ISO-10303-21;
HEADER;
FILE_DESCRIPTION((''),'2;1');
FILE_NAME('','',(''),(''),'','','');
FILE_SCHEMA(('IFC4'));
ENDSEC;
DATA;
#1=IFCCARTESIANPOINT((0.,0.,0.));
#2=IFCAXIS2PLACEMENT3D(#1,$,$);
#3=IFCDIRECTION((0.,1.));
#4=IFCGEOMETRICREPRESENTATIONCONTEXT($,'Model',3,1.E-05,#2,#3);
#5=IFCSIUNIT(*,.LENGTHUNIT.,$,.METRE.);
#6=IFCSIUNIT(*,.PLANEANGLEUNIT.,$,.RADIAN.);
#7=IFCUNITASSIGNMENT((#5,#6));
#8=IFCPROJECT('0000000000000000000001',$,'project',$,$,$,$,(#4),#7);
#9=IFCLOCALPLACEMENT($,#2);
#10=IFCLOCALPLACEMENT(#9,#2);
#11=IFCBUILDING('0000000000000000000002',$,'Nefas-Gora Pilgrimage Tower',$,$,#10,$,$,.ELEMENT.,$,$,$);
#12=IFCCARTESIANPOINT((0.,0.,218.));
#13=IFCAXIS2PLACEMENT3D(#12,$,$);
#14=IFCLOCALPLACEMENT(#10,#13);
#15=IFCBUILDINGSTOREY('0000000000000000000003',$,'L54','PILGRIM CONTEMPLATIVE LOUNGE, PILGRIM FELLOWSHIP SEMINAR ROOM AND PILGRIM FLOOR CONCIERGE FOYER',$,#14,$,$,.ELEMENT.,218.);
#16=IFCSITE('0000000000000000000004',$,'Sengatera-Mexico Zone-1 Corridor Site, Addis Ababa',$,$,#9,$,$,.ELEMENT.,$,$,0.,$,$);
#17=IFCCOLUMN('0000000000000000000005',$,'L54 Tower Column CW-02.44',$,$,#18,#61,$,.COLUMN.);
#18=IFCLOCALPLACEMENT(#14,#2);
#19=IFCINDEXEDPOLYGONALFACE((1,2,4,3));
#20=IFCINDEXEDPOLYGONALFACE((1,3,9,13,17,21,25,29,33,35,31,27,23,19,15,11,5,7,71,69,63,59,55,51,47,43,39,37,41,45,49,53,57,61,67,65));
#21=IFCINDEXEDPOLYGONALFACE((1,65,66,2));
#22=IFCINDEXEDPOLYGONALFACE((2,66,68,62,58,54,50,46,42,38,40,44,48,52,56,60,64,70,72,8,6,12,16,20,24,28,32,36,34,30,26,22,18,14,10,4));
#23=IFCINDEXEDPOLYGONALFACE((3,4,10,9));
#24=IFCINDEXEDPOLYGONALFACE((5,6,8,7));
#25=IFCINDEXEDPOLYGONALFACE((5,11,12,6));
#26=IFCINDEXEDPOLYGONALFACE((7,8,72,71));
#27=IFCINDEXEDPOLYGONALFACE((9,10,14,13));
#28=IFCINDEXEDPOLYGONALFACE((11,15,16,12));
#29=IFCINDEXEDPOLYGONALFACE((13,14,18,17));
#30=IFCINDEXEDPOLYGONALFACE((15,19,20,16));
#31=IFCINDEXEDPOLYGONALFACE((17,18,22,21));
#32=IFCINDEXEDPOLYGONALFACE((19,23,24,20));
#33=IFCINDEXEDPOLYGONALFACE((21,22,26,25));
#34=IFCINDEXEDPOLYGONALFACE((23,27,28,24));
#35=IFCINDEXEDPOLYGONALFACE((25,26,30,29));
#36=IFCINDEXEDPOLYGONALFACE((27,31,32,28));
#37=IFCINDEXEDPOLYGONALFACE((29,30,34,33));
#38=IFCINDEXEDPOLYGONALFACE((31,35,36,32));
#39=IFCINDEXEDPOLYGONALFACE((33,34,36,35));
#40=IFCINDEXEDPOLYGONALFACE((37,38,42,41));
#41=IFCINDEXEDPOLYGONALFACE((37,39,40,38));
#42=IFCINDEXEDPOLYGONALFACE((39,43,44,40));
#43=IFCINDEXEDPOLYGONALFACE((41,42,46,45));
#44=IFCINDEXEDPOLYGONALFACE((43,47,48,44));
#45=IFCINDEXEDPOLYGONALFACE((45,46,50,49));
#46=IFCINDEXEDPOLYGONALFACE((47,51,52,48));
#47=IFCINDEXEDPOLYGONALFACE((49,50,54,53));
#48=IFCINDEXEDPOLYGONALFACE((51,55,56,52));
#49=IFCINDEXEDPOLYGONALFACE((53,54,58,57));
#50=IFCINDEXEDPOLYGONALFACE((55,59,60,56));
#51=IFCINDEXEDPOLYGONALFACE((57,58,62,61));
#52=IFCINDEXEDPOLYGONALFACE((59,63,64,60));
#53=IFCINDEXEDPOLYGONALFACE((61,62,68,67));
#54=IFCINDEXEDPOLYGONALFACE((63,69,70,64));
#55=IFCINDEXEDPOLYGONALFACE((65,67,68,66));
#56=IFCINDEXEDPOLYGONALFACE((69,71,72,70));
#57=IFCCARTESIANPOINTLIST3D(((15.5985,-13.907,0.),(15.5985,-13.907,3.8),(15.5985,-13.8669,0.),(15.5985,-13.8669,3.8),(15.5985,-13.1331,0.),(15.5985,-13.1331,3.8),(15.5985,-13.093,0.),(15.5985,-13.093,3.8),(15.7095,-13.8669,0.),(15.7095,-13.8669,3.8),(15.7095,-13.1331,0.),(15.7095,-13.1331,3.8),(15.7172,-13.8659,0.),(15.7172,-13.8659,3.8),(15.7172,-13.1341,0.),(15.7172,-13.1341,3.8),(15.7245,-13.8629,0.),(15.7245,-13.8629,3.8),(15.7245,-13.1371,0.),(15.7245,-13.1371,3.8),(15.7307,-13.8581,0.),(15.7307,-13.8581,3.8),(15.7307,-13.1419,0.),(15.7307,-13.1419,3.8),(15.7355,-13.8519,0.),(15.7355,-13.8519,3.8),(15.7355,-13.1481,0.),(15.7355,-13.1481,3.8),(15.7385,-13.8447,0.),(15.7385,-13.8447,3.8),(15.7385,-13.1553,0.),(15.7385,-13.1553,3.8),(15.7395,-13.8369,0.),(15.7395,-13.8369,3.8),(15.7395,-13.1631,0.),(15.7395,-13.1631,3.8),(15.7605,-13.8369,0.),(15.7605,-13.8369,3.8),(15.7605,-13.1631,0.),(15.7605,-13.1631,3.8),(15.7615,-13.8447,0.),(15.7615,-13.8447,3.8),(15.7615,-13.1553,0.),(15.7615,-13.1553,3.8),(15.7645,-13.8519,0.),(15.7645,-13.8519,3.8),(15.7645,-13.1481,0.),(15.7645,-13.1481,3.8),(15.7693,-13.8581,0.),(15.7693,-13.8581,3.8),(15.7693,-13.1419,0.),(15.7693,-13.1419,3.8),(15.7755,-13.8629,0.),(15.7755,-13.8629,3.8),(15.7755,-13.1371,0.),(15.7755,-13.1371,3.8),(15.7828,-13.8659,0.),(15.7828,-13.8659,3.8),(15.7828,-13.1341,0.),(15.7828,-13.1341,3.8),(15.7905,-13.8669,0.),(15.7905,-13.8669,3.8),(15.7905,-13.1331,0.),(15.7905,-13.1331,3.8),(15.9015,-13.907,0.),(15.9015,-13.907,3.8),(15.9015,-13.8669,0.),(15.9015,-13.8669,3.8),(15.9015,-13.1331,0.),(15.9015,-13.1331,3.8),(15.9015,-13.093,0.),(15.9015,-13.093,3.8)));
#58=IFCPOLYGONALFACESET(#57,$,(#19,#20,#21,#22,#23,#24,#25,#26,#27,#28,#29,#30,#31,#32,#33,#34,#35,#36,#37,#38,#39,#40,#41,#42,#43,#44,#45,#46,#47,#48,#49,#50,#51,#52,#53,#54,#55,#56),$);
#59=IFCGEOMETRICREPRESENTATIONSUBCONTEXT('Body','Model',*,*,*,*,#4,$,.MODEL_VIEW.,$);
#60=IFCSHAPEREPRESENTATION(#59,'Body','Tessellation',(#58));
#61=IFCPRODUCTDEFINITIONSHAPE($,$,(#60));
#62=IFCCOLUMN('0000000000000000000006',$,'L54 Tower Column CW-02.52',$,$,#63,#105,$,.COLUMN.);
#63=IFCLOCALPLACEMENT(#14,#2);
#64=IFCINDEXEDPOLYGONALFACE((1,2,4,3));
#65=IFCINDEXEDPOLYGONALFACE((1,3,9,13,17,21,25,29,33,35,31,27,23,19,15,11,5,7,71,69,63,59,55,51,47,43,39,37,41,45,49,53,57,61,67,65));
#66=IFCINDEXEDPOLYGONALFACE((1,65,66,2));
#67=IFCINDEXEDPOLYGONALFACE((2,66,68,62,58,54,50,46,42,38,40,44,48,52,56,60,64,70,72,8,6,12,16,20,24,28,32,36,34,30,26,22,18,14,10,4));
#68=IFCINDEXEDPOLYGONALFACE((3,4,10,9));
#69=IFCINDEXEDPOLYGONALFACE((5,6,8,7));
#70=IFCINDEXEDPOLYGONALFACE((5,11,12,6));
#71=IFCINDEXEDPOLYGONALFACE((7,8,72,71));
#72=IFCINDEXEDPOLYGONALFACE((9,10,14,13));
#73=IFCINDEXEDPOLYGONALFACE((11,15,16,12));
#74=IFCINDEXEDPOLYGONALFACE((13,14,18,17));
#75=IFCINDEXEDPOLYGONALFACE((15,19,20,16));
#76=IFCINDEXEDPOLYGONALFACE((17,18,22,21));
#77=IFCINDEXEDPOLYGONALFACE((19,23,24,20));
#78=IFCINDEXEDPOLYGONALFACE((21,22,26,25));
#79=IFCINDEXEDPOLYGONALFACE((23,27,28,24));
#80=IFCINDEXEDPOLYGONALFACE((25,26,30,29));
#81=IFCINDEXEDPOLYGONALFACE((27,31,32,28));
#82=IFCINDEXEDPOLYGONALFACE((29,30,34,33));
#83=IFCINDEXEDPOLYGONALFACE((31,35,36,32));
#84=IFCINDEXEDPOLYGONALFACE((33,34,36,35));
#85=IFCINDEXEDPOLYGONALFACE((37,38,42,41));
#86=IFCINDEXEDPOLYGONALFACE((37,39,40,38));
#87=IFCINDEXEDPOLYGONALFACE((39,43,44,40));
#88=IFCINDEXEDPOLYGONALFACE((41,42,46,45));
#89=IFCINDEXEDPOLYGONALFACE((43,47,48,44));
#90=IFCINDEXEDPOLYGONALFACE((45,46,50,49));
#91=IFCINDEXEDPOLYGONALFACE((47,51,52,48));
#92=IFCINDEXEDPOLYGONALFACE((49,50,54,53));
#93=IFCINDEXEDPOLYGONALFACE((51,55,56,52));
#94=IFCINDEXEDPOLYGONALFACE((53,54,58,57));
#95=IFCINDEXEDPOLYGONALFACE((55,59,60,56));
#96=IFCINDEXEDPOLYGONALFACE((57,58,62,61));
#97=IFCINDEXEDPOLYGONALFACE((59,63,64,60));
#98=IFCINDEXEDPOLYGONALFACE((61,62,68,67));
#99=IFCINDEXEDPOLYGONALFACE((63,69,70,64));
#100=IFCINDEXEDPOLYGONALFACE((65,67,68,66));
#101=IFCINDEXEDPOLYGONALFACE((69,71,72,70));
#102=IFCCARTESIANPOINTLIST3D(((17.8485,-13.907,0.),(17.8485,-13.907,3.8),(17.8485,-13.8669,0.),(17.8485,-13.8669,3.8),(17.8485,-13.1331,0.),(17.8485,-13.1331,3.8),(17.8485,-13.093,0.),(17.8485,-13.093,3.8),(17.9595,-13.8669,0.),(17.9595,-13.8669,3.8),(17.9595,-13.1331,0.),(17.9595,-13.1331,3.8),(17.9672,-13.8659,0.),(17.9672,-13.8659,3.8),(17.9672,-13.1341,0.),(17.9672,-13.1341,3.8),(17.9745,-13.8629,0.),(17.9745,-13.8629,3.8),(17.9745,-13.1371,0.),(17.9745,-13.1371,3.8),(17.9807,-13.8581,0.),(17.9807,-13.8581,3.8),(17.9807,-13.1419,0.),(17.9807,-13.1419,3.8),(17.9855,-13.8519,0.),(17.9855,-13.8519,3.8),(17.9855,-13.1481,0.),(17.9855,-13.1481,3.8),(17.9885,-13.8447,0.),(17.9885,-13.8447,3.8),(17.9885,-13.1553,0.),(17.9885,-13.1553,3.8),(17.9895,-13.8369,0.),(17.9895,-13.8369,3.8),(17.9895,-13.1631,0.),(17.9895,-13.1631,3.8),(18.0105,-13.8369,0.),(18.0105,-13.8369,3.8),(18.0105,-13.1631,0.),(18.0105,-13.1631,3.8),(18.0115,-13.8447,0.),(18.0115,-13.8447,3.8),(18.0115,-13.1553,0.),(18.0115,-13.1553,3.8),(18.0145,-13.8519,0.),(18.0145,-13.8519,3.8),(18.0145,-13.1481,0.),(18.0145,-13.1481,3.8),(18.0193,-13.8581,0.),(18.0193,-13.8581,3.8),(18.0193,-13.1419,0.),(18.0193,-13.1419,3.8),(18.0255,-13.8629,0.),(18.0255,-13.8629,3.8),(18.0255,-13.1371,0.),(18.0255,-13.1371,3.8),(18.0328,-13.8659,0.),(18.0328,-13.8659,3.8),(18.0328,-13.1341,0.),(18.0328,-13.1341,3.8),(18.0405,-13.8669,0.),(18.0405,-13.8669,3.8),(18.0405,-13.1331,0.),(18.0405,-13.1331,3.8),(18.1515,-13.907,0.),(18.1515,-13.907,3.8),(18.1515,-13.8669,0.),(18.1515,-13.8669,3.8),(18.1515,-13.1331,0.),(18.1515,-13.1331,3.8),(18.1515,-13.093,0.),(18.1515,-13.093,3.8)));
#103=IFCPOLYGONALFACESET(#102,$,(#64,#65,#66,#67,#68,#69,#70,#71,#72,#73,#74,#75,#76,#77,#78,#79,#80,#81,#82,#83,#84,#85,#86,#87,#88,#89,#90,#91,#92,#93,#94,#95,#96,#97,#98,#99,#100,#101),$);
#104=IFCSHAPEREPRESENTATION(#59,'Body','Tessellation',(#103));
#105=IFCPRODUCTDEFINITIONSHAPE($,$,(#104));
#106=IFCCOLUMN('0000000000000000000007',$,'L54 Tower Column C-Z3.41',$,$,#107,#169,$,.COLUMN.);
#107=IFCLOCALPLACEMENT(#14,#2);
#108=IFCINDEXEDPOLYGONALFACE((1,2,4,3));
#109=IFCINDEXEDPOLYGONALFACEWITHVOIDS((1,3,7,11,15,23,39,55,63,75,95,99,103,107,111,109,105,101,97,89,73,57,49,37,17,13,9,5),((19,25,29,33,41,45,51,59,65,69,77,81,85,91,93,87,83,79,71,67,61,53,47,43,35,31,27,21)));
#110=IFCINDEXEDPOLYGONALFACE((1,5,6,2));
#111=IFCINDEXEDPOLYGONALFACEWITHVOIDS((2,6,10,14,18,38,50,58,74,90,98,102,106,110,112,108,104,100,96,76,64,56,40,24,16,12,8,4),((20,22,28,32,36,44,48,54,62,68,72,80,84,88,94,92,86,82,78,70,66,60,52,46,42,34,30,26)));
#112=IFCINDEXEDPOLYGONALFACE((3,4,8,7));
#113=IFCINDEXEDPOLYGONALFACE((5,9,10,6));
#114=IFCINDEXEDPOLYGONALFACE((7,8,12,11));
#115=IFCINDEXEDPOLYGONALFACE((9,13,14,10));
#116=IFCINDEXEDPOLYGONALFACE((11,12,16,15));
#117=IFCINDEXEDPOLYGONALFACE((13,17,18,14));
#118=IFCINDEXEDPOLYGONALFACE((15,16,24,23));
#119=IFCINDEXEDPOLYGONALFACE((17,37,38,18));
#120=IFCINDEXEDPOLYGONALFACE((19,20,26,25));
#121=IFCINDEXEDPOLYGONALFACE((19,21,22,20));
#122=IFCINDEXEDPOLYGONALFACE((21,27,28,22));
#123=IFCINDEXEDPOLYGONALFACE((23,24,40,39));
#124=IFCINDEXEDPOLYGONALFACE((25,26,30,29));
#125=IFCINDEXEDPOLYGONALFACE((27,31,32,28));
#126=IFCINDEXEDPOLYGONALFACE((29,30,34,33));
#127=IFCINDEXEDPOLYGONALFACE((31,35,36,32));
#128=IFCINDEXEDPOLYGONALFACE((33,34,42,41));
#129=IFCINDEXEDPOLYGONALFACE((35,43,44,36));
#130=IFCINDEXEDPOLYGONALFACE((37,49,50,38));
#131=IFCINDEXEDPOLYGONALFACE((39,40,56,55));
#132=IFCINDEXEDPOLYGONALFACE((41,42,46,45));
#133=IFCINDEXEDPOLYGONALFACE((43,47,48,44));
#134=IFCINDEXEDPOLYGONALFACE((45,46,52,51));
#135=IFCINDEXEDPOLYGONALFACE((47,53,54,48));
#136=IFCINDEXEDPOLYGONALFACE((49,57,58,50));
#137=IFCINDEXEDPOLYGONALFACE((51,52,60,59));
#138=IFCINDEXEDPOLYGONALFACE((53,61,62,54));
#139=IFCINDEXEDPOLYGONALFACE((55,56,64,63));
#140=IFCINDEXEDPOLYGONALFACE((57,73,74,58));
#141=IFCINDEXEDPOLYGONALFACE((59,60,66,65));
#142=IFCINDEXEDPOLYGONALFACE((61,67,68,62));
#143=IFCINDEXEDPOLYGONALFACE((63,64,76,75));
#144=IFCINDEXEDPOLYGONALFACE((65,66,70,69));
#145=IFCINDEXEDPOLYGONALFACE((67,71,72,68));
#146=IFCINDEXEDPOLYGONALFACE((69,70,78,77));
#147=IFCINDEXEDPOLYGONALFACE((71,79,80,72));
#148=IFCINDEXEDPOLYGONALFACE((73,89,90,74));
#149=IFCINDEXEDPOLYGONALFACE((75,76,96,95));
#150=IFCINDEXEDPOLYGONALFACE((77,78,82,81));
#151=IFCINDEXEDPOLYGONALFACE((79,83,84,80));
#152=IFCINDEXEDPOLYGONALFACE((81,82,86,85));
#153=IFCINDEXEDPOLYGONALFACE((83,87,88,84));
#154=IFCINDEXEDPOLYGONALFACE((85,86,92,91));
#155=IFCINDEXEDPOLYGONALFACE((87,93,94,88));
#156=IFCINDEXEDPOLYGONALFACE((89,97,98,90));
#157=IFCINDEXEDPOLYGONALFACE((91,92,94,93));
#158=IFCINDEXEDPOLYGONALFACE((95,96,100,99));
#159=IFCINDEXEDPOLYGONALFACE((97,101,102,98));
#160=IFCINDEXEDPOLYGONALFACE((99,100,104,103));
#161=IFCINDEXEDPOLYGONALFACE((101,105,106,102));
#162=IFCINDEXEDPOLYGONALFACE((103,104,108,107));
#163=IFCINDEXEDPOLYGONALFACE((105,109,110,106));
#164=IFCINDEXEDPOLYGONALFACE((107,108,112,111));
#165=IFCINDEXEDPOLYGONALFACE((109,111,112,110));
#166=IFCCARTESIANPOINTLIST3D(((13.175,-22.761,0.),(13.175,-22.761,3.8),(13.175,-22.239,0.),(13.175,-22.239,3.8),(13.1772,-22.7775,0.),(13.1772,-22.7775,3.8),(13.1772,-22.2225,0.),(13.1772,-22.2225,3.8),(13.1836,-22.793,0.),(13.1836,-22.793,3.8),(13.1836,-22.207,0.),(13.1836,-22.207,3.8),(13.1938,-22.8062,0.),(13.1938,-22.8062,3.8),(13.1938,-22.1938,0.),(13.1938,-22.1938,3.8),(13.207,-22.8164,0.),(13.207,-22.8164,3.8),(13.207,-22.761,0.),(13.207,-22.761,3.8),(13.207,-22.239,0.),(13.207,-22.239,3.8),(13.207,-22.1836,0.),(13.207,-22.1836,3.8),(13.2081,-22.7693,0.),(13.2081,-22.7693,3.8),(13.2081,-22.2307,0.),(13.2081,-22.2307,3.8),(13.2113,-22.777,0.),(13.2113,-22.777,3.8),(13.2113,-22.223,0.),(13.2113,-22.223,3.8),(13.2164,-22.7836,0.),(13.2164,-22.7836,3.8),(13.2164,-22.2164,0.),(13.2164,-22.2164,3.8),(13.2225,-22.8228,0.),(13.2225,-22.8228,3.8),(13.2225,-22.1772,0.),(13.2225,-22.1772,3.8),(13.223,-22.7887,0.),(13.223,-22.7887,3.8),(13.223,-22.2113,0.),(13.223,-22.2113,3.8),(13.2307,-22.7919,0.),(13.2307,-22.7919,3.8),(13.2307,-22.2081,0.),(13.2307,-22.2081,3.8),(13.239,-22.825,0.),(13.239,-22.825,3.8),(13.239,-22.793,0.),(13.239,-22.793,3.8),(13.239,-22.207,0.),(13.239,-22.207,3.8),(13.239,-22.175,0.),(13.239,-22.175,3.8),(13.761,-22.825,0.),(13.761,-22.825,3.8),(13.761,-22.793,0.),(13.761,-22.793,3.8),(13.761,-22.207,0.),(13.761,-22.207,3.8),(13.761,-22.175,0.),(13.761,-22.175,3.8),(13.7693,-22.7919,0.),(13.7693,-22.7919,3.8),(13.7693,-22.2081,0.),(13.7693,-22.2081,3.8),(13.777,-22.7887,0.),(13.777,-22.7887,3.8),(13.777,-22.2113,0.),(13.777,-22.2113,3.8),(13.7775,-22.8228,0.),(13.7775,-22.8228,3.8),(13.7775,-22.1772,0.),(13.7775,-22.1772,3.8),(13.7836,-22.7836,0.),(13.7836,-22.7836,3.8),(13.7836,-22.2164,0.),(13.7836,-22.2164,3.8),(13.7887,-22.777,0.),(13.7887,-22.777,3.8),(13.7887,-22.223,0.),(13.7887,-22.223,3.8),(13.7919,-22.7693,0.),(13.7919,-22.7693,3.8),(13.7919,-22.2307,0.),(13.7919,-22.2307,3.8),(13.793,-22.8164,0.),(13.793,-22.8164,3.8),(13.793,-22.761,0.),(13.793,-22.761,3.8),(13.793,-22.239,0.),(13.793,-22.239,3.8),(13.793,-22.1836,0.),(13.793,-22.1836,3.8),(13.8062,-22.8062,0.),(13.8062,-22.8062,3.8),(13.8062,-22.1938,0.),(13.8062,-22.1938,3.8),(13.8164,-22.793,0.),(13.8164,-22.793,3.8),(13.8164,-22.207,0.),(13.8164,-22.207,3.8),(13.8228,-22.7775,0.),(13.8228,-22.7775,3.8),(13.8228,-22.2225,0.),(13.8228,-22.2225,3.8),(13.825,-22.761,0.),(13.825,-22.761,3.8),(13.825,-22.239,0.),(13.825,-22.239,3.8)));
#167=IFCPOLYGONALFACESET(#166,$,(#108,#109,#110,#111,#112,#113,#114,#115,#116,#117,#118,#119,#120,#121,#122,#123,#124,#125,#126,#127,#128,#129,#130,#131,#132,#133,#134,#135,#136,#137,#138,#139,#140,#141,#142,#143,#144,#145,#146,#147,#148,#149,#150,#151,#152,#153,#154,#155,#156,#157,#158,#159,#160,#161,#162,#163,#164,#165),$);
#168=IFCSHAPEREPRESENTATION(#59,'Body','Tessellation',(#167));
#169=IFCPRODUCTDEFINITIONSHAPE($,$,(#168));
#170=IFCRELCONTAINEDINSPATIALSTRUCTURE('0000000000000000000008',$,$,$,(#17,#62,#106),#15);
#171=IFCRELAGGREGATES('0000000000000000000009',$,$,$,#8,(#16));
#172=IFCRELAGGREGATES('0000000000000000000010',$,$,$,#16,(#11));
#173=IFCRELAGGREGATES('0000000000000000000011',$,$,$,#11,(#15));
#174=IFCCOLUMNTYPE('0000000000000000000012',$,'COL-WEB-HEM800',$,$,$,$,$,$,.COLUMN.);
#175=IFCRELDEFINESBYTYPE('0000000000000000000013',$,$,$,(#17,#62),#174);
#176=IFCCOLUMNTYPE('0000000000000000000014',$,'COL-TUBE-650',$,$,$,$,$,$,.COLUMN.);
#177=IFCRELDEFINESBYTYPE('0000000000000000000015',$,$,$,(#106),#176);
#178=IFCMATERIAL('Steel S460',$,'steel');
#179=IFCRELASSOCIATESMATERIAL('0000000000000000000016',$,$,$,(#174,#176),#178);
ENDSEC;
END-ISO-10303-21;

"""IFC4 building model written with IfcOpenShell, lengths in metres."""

from ifc_helpers import new_model, si_unit, direction, frame, origin, origin_2d, place, context, subcontext, project, spatial, hollow_rectangle, i_section, extrude, source, transform, mapped, material, material_profile, profile_set, type_object, element, save


model = new_model("IFC4")

# Units and contexts
model_context = context("Model", 3, precision=1e-05, world=origin(), true_north=direction((0.0, 1.0)))
body_context = subcontext(model_context, "Body", "Model", "MODEL_VIEW")
ifc_project = project(units=[si_unit("LENGTHUNIT", "METRE"), si_unit("PLANEANGLEUNIT", "RADIAN")], contexts=[model_context])

# Site, building, storey
site_placement = place(None, origin())
site = spatial("IfcSite", under=ifc_project, at=site_placement, Name="Sengatera-Mexico Zone-1 Corridor Site, Addis Ababa", CompositionType="ELEMENT", RefElevation=0.0)
building_placement = place(site_placement, origin())
building = spatial("IfcBuilding", under=site, at=building_placement, Name="Nefas-Gora Pilgrimage Tower", CompositionType="ELEMENT")
storey_placement = place(building_placement, frame((0.0, 0.0, 218.0)))
storey = spatial("IfcBuildingStorey", under=building, at=storey_placement, Name="L54", Description="PILGRIM CONTEMPLATIVE LOUNGE, PILGRIM FELLOWSHIP SEMINAR ROOM AND PILGRIM FLOOR CONCIERGE FOYER", CompositionType="ELEMENT", Elevation=218.0)

# Columns
ifc_material_1 = material(Name="Steel S460", Category="steel")
ifc_material_profile_1 = material_profile(ifc_material_1, i_section(OverallWidth=0.303, OverallDepth=0.814, WebThickness=0.021, FlangeThickness=0.04, FilletRadius=0.03, at=origin_2d()), Name="HEM 800")
ifc_profile_set_1 = profile_set([ifc_material_profile_1], Name="Steel S460")
column_type_1 = type_object("IfcColumnType", Name="COL-WEB-HEM800", PredefinedType="COLUMN", material=ifc_profile_set_1)
shared_shape_1 = source(origin(), body_context, "Body", "SweptSolid", [
    extrude(i_section(OverallWidth=0.303, OverallDepth=0.814, WebThickness=0.021, FlangeThickness=0.04, FilletRadius=0.03, at=origin_2d()), origin(), (0.0, 0.0, 1.0), 3.8),
])
for number, where, z_axis, x_axis, name in (
    (1, (15.75, -13.5, 0.0), (0.0, 0.0, 1.0), (1.0, 0.0, 0.0), "L54 Tower Column CW-02.44"),
    (2, (18.0, -13.5, 0.0), (0.0, 0.0, 1.0), (1.0, 0.0, 0.0), "L54 Tower Column CW-02.52"),
):
    element("IfcColumn", number, at=place(storey_placement, frame(where, z_axis=z_axis, x_axis=x_axis)), inside=storey, type_object=column_type_1, Name=name, PredefinedType="COLUMN", context=body_context, shape_type="MappedRepresentation", body=[
        mapped(shared_shape_1, transform((0.0, 0.0, 0.0), x_axis=(1.0, 0.0, 0.0), y_axis=(0.0, 1.0, 0.0), z_axis=(0.0, 0.0, 1.0), scale=1.0)),
    ])
ifc_material_profile_2 = material_profile(ifc_material_1, hollow_rectangle(XDim=0.6499, YDim=0.6499, WallThickness=0.032, InnerFilletRadius=0.032, OuterFilletRadius=0.064, at=origin_2d()), Name="BOX 650x650x32")
ifc_profile_set_2 = profile_set([ifc_material_profile_2], Name="Steel S460")
column_type_2 = type_object("IfcColumnType", Name="COL-TUBE-650", PredefinedType="COLUMN", material=ifc_profile_set_2)
shared_shape_2 = source(origin(), body_context, "Body", "SweptSolid", [
    extrude(hollow_rectangle(XDim=0.6499, YDim=0.6499, WallThickness=0.032, InnerFilletRadius=0.032, OuterFilletRadius=0.064, at=origin_2d()), origin(), (0.0, 0.0, 1.0), 3.8),
])
for number, where, z_axis, x_axis, name in (
    (3, (13.5, -22.5, 0.0), (0.0, 0.0, 1.0), (1.0, 0.0, 0.0), "L54 Tower Column C-Z3.41"),
):
    element("IfcColumn", number, at=place(storey_placement, frame(where, z_axis=z_axis, x_axis=x_axis)), inside=storey, type_object=column_type_2, Name=name, PredefinedType="COLUMN", context=body_context, shape_type="MappedRepresentation", body=[
        mapped(shared_shape_2, transform((0.0, 0.0, 0.0), x_axis=(1.0, 0.0, 0.0), y_axis=(0.0, 1.0, 0.0), z_axis=(0.0, 0.0, 1.0), scale=1.0)),
    ])

save(model, "model.ifc")
